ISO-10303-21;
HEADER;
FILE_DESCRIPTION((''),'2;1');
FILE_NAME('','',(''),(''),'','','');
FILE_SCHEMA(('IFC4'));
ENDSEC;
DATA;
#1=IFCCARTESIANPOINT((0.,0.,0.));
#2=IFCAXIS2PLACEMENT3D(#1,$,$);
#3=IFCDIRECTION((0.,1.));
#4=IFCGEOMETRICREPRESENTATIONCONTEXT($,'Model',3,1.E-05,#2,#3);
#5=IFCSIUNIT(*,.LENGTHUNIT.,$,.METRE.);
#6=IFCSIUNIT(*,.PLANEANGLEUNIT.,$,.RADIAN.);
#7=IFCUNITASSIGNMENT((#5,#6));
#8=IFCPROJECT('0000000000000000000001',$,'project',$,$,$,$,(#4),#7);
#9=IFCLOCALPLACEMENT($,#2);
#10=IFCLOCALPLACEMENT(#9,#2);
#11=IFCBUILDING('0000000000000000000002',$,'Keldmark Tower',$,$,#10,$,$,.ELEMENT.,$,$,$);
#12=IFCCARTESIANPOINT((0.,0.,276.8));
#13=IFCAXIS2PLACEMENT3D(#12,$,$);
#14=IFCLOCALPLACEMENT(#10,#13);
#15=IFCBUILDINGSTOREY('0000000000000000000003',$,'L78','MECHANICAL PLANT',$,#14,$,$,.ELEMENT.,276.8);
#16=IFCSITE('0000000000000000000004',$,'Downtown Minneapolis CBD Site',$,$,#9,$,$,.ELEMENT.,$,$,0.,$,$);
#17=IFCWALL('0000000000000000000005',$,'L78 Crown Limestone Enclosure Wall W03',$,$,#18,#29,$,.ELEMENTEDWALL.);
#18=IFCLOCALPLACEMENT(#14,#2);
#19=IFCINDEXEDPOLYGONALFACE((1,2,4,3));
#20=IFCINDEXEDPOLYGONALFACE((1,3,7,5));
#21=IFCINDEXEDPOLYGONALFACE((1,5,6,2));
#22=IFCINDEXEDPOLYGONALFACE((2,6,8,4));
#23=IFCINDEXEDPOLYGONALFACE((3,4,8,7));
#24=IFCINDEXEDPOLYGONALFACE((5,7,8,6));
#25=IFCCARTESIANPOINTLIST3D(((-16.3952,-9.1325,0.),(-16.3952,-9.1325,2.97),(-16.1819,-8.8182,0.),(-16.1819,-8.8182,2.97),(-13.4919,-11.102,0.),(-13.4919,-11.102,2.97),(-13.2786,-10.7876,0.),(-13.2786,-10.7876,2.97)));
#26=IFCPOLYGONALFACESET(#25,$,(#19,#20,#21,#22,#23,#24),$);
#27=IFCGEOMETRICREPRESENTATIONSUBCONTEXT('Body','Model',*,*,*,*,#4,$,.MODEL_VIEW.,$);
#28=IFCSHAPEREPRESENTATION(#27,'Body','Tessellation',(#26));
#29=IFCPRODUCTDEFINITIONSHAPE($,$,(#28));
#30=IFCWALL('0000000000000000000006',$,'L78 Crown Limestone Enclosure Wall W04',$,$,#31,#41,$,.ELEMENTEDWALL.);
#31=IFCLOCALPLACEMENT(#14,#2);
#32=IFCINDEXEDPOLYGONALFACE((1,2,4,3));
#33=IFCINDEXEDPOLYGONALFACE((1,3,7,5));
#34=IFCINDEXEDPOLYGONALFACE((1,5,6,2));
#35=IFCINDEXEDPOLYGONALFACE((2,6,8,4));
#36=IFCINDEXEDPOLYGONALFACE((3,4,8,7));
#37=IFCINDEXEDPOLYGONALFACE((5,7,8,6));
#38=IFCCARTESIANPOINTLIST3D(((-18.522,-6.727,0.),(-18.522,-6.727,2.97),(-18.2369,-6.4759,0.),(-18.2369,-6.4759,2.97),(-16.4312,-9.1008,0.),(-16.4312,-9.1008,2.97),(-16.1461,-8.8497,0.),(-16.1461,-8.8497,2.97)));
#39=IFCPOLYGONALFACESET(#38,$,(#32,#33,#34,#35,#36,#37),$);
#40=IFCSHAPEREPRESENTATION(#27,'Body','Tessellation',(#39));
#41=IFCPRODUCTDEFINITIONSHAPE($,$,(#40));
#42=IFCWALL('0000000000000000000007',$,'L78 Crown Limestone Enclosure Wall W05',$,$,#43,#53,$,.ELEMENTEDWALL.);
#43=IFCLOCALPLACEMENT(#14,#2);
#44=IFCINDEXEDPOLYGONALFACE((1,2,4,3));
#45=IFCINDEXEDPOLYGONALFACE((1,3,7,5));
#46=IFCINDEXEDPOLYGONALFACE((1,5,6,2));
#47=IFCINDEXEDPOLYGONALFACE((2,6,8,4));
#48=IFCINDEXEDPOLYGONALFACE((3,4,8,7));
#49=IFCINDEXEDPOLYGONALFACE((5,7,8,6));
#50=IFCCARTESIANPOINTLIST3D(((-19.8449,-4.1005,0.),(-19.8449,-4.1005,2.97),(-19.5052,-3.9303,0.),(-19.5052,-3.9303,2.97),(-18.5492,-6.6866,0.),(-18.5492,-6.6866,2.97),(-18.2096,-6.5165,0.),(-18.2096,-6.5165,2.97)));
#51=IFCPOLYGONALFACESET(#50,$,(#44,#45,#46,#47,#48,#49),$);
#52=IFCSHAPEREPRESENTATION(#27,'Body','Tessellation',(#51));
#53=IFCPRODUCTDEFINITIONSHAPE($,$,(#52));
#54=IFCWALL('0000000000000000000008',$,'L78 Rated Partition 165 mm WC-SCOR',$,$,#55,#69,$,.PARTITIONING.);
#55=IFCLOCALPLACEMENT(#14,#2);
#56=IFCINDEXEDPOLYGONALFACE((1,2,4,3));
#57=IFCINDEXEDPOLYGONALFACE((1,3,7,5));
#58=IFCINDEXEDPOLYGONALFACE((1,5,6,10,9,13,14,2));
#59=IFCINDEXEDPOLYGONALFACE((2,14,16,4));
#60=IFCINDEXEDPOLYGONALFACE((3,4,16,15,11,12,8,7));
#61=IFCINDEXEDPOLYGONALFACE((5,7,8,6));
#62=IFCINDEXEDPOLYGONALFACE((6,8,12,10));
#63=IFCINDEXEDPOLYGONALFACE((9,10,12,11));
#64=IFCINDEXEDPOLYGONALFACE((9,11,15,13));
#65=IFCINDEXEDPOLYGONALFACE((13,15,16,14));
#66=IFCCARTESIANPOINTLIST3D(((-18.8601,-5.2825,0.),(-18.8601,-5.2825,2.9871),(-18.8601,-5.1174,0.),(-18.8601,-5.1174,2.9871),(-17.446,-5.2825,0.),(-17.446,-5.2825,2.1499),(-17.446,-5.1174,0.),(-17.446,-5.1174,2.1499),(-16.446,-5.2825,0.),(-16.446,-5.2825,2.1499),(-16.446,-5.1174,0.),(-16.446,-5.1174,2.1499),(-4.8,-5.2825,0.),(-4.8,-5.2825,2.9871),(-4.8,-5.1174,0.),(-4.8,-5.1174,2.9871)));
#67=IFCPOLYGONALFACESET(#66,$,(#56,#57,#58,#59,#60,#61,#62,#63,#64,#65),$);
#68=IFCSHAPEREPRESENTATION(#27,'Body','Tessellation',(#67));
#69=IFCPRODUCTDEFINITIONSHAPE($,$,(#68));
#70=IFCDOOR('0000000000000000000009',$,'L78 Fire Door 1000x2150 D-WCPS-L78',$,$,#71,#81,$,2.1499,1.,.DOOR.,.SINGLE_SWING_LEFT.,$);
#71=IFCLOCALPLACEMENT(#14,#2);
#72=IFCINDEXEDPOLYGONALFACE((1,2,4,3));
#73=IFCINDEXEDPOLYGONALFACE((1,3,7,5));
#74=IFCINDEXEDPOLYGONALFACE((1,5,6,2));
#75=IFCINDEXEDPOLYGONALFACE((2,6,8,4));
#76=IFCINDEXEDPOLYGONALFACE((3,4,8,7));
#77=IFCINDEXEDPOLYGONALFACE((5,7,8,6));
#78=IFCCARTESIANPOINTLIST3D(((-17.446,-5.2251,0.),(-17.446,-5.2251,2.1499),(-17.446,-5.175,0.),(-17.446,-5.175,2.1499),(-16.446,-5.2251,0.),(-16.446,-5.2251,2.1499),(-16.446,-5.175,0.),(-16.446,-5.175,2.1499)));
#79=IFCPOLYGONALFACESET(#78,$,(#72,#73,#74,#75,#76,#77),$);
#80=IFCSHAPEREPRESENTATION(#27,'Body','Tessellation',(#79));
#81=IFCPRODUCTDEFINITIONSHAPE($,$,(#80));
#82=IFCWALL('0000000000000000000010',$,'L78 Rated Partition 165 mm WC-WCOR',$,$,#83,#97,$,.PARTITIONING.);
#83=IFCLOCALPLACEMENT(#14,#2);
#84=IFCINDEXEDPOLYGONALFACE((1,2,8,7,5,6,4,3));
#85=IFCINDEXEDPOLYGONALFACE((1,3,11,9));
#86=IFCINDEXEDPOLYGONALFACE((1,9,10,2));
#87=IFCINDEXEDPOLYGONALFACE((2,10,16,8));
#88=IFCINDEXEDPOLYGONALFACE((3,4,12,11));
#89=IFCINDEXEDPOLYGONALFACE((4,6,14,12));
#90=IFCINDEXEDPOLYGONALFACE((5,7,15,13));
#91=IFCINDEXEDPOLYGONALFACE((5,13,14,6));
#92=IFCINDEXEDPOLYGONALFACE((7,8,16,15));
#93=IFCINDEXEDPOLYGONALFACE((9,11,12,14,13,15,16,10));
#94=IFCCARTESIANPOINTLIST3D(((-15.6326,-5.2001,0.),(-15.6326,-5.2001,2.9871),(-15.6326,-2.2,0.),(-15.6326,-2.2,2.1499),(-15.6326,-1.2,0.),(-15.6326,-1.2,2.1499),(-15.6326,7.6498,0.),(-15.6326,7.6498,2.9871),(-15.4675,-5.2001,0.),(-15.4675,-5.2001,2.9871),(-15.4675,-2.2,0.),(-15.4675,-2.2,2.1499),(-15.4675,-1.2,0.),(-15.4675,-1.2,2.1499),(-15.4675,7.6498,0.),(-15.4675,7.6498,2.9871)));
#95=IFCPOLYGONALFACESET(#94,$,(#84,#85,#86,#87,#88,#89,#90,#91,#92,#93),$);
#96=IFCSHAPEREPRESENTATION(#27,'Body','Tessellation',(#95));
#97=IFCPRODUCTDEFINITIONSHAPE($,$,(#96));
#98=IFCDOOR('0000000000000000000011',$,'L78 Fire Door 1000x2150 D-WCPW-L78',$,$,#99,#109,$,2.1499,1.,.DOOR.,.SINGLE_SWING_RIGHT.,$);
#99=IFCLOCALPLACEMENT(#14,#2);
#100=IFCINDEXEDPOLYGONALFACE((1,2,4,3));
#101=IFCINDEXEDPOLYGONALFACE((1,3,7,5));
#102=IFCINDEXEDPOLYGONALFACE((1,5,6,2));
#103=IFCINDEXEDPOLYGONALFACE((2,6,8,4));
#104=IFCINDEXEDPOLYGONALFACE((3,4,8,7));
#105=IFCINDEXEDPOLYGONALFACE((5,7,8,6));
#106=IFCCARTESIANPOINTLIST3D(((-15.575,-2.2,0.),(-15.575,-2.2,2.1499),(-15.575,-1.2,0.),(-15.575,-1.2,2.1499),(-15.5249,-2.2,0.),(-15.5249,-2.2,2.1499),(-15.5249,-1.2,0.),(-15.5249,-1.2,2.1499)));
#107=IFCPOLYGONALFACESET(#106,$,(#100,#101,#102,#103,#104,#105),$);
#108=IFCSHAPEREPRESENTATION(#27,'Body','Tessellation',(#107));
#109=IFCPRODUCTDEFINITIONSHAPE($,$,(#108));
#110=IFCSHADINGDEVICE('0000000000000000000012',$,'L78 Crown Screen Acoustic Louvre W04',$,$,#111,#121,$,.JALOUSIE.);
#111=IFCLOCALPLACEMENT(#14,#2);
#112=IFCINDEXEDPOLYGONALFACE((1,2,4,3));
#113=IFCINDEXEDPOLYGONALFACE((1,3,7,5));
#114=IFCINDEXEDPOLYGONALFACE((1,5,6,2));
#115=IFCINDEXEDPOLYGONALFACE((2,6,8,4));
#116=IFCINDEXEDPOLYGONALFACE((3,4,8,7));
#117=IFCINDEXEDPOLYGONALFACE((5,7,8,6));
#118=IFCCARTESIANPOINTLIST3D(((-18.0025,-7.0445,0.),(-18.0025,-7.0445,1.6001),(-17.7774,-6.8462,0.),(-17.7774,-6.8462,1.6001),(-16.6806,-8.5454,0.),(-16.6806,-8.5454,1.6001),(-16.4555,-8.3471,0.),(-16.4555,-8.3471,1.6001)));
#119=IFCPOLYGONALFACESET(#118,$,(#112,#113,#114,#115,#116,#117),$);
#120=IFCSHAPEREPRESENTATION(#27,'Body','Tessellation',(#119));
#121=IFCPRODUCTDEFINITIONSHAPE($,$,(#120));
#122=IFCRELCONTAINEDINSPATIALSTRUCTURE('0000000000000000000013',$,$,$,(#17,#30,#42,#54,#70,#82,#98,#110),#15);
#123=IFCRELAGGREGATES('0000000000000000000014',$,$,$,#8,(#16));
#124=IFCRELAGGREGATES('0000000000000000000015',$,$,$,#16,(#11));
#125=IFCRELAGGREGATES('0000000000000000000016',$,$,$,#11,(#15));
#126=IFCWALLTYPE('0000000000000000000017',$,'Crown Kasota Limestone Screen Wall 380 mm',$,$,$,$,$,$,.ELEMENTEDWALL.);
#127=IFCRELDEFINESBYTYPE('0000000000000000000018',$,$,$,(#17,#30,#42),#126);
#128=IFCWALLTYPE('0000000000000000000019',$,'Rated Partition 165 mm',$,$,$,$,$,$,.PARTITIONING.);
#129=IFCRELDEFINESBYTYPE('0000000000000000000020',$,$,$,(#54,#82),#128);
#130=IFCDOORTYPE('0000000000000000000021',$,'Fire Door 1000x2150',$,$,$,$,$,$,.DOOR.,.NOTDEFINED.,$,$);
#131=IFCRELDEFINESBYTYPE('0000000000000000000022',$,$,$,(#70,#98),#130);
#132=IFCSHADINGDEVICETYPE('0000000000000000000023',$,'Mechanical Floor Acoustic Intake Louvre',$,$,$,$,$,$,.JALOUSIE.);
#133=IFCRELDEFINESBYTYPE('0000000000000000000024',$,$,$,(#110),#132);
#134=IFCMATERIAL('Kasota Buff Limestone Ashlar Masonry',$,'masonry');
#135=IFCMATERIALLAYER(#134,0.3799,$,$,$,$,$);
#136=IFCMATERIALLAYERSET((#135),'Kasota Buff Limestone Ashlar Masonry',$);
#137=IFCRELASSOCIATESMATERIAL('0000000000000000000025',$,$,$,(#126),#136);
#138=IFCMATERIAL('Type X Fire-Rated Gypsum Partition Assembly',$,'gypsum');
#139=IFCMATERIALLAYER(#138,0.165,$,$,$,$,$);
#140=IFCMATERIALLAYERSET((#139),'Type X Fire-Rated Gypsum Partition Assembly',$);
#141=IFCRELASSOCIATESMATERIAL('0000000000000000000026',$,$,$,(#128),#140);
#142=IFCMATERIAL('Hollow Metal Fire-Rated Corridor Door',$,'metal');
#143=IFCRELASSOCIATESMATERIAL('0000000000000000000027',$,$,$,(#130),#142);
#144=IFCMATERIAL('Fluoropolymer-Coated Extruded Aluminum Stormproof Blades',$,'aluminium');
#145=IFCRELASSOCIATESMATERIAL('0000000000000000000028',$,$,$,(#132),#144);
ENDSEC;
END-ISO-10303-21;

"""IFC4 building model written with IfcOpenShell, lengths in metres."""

from ifc_helpers import new_model, si_unit, direction, frame, frame_2d, origin, origin_2d, place, context, subcontext, project, spatial, rectangle, extrude, material, layer, layer_set, type_object, element, fill, save


model = new_model("IFC4")

# Units and contexts
model_context = context("Model", 3, precision=1e-05, world=origin(), true_north=direction((0.0, 1.0)))
body_context = subcontext(model_context, "Body", "Model", "MODEL_VIEW")
ifc_project = project(units=[si_unit("LENGTHUNIT", "METRE"), si_unit("PLANEANGLEUNIT", "RADIAN")], contexts=[model_context])

# Site, building, storey
site_placement = place(None, origin())
site = spatial("IfcSite", under=ifc_project, at=site_placement, Name="Downtown Minneapolis CBD Site", CompositionType="ELEMENT", RefElevation=0.0)
building_placement = place(site_placement, origin())
building = spatial("IfcBuilding", under=site, at=building_placement, Name="Keldmark Tower", CompositionType="ELEMENT")
storey_placement = place(building_placement, frame((0.0, 0.0, 276.8)))
storey = spatial("IfcBuildingStorey", under=building, at=storey_placement, Name="L78", Description="MECHANICAL PLANT", CompositionType="ELEMENT", Elevation=276.8)

# Walls
ifc_material_1 = material(Name="Kasota Buff Limestone Ashlar Masonry", Category="masonry")
ifc_layer_1 = layer(ifc_material_1, 0.3799)
ifc_layer_set_1 = layer_set([ifc_layer_1], Name="Kasota Buff Limestone Ashlar Masonry")
wall_type_1 = type_object("IfcWallType", Name="Crown Kasota Limestone Screen Wall 380 mm", PredefinedType="ELEMENTEDWALL", material=ifc_layer_set_1)
wall_1_placement = place(storey_placement, frame((-16.2886, -8.9753, 0.0), z_axis=(0.0, 0.0, 1.0), x_axis=(0.827559, -0.561379, 0.0)))
element("IfcWall", 1, at=wall_1_placement, inside=storey, type_object=wall_type_1, Name="L78 Crown Limestone Enclosure Wall W03", PredefinedType="ELEMENTEDWALL", context=body_context, shape_type="SweptSolid", body=[
    extrude(rectangle(XDim=3.5083, YDim=0.3799, at=frame_2d((1.7542, 0.0))), origin(), (0.0, 0.0, 1.0), 2.97),
])
wall_2_placement = place(storey_placement, frame((-18.3794, -6.6016, 0.0), z_axis=(0.0, 0.0, 1.0), x_axis=(0.660965, -0.750416, 0.0)))
element("IfcWall", 2, at=wall_2_placement, inside=storey, type_object=wall_type_1, Name="L78 Crown Limestone Enclosure Wall W04", PredefinedType="ELEMENTEDWALL", context=body_context, shape_type="SweptSolid", body=[
    extrude(rectangle(XDim=3.1633, YDim=0.3799, at=frame_2d((1.5815, 0.0))), origin(), (0.0, 0.0, 1.0), 2.97),
])
wall_3_placement = place(storey_placement, frame((-19.675, -4.0154, 0.0), z_axis=(0.0, 0.0, 1.0), x_axis=(0.447922, -0.894072, 0.0)))
element("IfcWall", 3, at=wall_3_placement, inside=storey, type_object=wall_type_1, Name="L78 Crown Limestone Enclosure Wall W05", PredefinedType="ELEMENTEDWALL", context=body_context, shape_type="SweptSolid", body=[
    extrude(rectangle(XDim=2.8926, YDim=0.3799, at=frame_2d((1.4463, 0.0))), origin(), (0.0, 0.0, 1.0), 2.97),
])

# Walls, openings, doors
ifc_material_2 = material(Name="Type X Fire-Rated Gypsum Partition Assembly", Category="gypsum")
ifc_layer_2 = layer(ifc_material_2, 0.165)
ifc_layer_set_2 = layer_set([ifc_layer_2], Name="Type X Fire-Rated Gypsum Partition Assembly")
wall_type_2 = type_object("IfcWallType", Name="Rated Partition 165 mm", PredefinedType="PARTITIONING", material=ifc_layer_set_2)
wall_4_placement = place(storey_placement, frame((-18.8601, -5.2, 0.0), z_axis=(0.0, 0.0, 1.0), x_axis=(1.0, 0.0, 0.0)))
wall_4 = element("IfcWall", 4, at=wall_4_placement, inside=storey, type_object=wall_type_2, Name="L78 Rated Partition 165 mm WC-SCOR", PredefinedType="PARTITIONING", context=body_context, shape_type="SweptSolid", body=[
    extrude(rectangle(XDim=14.0601, YDim=0.165, at=frame_2d((7.03, 0.0))), origin(), (0.0, 0.0, 1.0), 2.9871),
])
opening_1_placement = place(wall_4_placement, frame((1.4141, 0.0, 0.0)))
opening_1 = element("IfcOpeningElement", 5, at=opening_1_placement, cuts=wall_4, PredefinedType="OPENING", context=body_context, shape_type="SweptSolid", body=[
    extrude(rectangle(XDim=1.0, YDim=2.1499, at=frame_2d((0.5, 1.075))), frame((0.0, 0.0925, 0.0), z_axis=(0.0, -1.0, 0.0), x_axis=(1.0, 0.0, 0.0)), (0.0, 0.0, 1.0), 0.1851),
])
ifc_material_3 = material(Name="Hollow Metal Fire-Rated Corridor Door", Category="metal")
door_type = type_object("IfcDoorType", Name="Fire Door 1000x2150", OperationType="NOTDEFINED", PredefinedType="DOOR", material=ifc_material_3)
door_1_placement = place(opening_1_placement, origin())
door_1 = element("IfcDoor", 6, at=door_1_placement, inside=storey, type_object=door_type, Name="L78 Fire Door 1000x2150 D-WCPS-L78", OperationType="SINGLE_SWING_LEFT", OverallHeight=2.1499, OverallWidth=1.0, PredefinedType="DOOR", context=body_context, shape_type="SweptSolid", body=[
    extrude(rectangle(XDim=1.0, YDim=2.1499, at=frame_2d((0.5, 1.075))), frame((0.0, 0.0249, 0.0), z_axis=(0.0, -1.0, 0.0), x_axis=(1.0, 0.0, 0.0)), (0.0, 0.0, 1.0), 0.05),
])
fill(opening_1, door_1)
wall_5_placement = place(storey_placement, frame((-15.55, -5.2, 0.0), z_axis=(0.0, 0.0, 1.0), x_axis=(0.0, 1.0, 0.0)))
wall_5 = element("IfcWall", 7, at=wall_5_placement, inside=storey, type_object=wall_type_2, Name="L78 Rated Partition 165 mm WC-WCOR", PredefinedType="PARTITIONING", context=body_context, shape_type="SweptSolid", body=[
    extrude(rectangle(XDim=12.8499, YDim=0.165, at=frame_2d((6.4248, 0.0))), origin(), (0.0, 0.0, 1.0), 2.9871),
])
opening_2_placement = place(wall_5_placement, frame((3.0, 0.0, 0.0)))
opening_2 = element("IfcOpeningElement", 8, at=opening_2_placement, cuts=wall_5, PredefinedType="OPENING", context=body_context, shape_type="SweptSolid", body=[
    extrude(rectangle(XDim=1.0, YDim=2.1499, at=frame_2d((0.5, 1.075))), frame((0.0, 0.0925, 0.0), z_axis=(0.0, -1.0, 0.0), x_axis=(1.0, 0.0, 0.0)), (0.0, 0.0, 1.0), 0.1851),
])
door_2_placement = place(opening_2_placement, origin())
door_2 = element("IfcDoor", 9, at=door_2_placement, inside=storey, type_object=door_type, Name="L78 Fire Door 1000x2150 D-WCPW-L78", OperationType="SINGLE_SWING_RIGHT", OverallHeight=2.1499, OverallWidth=1.0, PredefinedType="DOOR", context=body_context, shape_type="SweptSolid", body=[
    extrude(rectangle(XDim=1.0, YDim=2.1499, at=frame_2d((0.5, 1.075))), frame((0.0, 0.0249, 0.0), z_axis=(0.0, -1.0, 0.0), x_axis=(1.0, 0.0, 0.0)), (0.0, 0.0, 1.0), 0.05),
])
fill(opening_2, door_2)

# Shading device
ifc_material_4 = material(Name="Fluoropolymer-Coated Extruded Aluminum Stormproof Blades", Category="aluminium")
shading_device_type = type_object("IfcShadingDeviceType", Name="Mechanical Floor Acoustic Intake Louvre", PredefinedType="JALOUSIE", material=ifc_material_4)
shading_device_placement = place(storey_placement, frame((-17.229, -7.6958, 0.0), z_axis=(0.0, 0.0, 1.0), x_axis=(0.660958, -0.750423, 0.0)))
element("IfcShadingDevice", 10, at=shading_device_placement, inside=storey, type_object=shading_device_type, Name="L78 Crown Screen Acoustic Louvre W04", PredefinedType="JALOUSIE", context=body_context, shape_type="SweptSolid", body=[
    extrude(rectangle(XDim=2.0, YDim=0.3, at=origin_2d()), origin(), (0.0, 0.0, 1.0), 1.6001),
])

save(model, "model.ifc")
